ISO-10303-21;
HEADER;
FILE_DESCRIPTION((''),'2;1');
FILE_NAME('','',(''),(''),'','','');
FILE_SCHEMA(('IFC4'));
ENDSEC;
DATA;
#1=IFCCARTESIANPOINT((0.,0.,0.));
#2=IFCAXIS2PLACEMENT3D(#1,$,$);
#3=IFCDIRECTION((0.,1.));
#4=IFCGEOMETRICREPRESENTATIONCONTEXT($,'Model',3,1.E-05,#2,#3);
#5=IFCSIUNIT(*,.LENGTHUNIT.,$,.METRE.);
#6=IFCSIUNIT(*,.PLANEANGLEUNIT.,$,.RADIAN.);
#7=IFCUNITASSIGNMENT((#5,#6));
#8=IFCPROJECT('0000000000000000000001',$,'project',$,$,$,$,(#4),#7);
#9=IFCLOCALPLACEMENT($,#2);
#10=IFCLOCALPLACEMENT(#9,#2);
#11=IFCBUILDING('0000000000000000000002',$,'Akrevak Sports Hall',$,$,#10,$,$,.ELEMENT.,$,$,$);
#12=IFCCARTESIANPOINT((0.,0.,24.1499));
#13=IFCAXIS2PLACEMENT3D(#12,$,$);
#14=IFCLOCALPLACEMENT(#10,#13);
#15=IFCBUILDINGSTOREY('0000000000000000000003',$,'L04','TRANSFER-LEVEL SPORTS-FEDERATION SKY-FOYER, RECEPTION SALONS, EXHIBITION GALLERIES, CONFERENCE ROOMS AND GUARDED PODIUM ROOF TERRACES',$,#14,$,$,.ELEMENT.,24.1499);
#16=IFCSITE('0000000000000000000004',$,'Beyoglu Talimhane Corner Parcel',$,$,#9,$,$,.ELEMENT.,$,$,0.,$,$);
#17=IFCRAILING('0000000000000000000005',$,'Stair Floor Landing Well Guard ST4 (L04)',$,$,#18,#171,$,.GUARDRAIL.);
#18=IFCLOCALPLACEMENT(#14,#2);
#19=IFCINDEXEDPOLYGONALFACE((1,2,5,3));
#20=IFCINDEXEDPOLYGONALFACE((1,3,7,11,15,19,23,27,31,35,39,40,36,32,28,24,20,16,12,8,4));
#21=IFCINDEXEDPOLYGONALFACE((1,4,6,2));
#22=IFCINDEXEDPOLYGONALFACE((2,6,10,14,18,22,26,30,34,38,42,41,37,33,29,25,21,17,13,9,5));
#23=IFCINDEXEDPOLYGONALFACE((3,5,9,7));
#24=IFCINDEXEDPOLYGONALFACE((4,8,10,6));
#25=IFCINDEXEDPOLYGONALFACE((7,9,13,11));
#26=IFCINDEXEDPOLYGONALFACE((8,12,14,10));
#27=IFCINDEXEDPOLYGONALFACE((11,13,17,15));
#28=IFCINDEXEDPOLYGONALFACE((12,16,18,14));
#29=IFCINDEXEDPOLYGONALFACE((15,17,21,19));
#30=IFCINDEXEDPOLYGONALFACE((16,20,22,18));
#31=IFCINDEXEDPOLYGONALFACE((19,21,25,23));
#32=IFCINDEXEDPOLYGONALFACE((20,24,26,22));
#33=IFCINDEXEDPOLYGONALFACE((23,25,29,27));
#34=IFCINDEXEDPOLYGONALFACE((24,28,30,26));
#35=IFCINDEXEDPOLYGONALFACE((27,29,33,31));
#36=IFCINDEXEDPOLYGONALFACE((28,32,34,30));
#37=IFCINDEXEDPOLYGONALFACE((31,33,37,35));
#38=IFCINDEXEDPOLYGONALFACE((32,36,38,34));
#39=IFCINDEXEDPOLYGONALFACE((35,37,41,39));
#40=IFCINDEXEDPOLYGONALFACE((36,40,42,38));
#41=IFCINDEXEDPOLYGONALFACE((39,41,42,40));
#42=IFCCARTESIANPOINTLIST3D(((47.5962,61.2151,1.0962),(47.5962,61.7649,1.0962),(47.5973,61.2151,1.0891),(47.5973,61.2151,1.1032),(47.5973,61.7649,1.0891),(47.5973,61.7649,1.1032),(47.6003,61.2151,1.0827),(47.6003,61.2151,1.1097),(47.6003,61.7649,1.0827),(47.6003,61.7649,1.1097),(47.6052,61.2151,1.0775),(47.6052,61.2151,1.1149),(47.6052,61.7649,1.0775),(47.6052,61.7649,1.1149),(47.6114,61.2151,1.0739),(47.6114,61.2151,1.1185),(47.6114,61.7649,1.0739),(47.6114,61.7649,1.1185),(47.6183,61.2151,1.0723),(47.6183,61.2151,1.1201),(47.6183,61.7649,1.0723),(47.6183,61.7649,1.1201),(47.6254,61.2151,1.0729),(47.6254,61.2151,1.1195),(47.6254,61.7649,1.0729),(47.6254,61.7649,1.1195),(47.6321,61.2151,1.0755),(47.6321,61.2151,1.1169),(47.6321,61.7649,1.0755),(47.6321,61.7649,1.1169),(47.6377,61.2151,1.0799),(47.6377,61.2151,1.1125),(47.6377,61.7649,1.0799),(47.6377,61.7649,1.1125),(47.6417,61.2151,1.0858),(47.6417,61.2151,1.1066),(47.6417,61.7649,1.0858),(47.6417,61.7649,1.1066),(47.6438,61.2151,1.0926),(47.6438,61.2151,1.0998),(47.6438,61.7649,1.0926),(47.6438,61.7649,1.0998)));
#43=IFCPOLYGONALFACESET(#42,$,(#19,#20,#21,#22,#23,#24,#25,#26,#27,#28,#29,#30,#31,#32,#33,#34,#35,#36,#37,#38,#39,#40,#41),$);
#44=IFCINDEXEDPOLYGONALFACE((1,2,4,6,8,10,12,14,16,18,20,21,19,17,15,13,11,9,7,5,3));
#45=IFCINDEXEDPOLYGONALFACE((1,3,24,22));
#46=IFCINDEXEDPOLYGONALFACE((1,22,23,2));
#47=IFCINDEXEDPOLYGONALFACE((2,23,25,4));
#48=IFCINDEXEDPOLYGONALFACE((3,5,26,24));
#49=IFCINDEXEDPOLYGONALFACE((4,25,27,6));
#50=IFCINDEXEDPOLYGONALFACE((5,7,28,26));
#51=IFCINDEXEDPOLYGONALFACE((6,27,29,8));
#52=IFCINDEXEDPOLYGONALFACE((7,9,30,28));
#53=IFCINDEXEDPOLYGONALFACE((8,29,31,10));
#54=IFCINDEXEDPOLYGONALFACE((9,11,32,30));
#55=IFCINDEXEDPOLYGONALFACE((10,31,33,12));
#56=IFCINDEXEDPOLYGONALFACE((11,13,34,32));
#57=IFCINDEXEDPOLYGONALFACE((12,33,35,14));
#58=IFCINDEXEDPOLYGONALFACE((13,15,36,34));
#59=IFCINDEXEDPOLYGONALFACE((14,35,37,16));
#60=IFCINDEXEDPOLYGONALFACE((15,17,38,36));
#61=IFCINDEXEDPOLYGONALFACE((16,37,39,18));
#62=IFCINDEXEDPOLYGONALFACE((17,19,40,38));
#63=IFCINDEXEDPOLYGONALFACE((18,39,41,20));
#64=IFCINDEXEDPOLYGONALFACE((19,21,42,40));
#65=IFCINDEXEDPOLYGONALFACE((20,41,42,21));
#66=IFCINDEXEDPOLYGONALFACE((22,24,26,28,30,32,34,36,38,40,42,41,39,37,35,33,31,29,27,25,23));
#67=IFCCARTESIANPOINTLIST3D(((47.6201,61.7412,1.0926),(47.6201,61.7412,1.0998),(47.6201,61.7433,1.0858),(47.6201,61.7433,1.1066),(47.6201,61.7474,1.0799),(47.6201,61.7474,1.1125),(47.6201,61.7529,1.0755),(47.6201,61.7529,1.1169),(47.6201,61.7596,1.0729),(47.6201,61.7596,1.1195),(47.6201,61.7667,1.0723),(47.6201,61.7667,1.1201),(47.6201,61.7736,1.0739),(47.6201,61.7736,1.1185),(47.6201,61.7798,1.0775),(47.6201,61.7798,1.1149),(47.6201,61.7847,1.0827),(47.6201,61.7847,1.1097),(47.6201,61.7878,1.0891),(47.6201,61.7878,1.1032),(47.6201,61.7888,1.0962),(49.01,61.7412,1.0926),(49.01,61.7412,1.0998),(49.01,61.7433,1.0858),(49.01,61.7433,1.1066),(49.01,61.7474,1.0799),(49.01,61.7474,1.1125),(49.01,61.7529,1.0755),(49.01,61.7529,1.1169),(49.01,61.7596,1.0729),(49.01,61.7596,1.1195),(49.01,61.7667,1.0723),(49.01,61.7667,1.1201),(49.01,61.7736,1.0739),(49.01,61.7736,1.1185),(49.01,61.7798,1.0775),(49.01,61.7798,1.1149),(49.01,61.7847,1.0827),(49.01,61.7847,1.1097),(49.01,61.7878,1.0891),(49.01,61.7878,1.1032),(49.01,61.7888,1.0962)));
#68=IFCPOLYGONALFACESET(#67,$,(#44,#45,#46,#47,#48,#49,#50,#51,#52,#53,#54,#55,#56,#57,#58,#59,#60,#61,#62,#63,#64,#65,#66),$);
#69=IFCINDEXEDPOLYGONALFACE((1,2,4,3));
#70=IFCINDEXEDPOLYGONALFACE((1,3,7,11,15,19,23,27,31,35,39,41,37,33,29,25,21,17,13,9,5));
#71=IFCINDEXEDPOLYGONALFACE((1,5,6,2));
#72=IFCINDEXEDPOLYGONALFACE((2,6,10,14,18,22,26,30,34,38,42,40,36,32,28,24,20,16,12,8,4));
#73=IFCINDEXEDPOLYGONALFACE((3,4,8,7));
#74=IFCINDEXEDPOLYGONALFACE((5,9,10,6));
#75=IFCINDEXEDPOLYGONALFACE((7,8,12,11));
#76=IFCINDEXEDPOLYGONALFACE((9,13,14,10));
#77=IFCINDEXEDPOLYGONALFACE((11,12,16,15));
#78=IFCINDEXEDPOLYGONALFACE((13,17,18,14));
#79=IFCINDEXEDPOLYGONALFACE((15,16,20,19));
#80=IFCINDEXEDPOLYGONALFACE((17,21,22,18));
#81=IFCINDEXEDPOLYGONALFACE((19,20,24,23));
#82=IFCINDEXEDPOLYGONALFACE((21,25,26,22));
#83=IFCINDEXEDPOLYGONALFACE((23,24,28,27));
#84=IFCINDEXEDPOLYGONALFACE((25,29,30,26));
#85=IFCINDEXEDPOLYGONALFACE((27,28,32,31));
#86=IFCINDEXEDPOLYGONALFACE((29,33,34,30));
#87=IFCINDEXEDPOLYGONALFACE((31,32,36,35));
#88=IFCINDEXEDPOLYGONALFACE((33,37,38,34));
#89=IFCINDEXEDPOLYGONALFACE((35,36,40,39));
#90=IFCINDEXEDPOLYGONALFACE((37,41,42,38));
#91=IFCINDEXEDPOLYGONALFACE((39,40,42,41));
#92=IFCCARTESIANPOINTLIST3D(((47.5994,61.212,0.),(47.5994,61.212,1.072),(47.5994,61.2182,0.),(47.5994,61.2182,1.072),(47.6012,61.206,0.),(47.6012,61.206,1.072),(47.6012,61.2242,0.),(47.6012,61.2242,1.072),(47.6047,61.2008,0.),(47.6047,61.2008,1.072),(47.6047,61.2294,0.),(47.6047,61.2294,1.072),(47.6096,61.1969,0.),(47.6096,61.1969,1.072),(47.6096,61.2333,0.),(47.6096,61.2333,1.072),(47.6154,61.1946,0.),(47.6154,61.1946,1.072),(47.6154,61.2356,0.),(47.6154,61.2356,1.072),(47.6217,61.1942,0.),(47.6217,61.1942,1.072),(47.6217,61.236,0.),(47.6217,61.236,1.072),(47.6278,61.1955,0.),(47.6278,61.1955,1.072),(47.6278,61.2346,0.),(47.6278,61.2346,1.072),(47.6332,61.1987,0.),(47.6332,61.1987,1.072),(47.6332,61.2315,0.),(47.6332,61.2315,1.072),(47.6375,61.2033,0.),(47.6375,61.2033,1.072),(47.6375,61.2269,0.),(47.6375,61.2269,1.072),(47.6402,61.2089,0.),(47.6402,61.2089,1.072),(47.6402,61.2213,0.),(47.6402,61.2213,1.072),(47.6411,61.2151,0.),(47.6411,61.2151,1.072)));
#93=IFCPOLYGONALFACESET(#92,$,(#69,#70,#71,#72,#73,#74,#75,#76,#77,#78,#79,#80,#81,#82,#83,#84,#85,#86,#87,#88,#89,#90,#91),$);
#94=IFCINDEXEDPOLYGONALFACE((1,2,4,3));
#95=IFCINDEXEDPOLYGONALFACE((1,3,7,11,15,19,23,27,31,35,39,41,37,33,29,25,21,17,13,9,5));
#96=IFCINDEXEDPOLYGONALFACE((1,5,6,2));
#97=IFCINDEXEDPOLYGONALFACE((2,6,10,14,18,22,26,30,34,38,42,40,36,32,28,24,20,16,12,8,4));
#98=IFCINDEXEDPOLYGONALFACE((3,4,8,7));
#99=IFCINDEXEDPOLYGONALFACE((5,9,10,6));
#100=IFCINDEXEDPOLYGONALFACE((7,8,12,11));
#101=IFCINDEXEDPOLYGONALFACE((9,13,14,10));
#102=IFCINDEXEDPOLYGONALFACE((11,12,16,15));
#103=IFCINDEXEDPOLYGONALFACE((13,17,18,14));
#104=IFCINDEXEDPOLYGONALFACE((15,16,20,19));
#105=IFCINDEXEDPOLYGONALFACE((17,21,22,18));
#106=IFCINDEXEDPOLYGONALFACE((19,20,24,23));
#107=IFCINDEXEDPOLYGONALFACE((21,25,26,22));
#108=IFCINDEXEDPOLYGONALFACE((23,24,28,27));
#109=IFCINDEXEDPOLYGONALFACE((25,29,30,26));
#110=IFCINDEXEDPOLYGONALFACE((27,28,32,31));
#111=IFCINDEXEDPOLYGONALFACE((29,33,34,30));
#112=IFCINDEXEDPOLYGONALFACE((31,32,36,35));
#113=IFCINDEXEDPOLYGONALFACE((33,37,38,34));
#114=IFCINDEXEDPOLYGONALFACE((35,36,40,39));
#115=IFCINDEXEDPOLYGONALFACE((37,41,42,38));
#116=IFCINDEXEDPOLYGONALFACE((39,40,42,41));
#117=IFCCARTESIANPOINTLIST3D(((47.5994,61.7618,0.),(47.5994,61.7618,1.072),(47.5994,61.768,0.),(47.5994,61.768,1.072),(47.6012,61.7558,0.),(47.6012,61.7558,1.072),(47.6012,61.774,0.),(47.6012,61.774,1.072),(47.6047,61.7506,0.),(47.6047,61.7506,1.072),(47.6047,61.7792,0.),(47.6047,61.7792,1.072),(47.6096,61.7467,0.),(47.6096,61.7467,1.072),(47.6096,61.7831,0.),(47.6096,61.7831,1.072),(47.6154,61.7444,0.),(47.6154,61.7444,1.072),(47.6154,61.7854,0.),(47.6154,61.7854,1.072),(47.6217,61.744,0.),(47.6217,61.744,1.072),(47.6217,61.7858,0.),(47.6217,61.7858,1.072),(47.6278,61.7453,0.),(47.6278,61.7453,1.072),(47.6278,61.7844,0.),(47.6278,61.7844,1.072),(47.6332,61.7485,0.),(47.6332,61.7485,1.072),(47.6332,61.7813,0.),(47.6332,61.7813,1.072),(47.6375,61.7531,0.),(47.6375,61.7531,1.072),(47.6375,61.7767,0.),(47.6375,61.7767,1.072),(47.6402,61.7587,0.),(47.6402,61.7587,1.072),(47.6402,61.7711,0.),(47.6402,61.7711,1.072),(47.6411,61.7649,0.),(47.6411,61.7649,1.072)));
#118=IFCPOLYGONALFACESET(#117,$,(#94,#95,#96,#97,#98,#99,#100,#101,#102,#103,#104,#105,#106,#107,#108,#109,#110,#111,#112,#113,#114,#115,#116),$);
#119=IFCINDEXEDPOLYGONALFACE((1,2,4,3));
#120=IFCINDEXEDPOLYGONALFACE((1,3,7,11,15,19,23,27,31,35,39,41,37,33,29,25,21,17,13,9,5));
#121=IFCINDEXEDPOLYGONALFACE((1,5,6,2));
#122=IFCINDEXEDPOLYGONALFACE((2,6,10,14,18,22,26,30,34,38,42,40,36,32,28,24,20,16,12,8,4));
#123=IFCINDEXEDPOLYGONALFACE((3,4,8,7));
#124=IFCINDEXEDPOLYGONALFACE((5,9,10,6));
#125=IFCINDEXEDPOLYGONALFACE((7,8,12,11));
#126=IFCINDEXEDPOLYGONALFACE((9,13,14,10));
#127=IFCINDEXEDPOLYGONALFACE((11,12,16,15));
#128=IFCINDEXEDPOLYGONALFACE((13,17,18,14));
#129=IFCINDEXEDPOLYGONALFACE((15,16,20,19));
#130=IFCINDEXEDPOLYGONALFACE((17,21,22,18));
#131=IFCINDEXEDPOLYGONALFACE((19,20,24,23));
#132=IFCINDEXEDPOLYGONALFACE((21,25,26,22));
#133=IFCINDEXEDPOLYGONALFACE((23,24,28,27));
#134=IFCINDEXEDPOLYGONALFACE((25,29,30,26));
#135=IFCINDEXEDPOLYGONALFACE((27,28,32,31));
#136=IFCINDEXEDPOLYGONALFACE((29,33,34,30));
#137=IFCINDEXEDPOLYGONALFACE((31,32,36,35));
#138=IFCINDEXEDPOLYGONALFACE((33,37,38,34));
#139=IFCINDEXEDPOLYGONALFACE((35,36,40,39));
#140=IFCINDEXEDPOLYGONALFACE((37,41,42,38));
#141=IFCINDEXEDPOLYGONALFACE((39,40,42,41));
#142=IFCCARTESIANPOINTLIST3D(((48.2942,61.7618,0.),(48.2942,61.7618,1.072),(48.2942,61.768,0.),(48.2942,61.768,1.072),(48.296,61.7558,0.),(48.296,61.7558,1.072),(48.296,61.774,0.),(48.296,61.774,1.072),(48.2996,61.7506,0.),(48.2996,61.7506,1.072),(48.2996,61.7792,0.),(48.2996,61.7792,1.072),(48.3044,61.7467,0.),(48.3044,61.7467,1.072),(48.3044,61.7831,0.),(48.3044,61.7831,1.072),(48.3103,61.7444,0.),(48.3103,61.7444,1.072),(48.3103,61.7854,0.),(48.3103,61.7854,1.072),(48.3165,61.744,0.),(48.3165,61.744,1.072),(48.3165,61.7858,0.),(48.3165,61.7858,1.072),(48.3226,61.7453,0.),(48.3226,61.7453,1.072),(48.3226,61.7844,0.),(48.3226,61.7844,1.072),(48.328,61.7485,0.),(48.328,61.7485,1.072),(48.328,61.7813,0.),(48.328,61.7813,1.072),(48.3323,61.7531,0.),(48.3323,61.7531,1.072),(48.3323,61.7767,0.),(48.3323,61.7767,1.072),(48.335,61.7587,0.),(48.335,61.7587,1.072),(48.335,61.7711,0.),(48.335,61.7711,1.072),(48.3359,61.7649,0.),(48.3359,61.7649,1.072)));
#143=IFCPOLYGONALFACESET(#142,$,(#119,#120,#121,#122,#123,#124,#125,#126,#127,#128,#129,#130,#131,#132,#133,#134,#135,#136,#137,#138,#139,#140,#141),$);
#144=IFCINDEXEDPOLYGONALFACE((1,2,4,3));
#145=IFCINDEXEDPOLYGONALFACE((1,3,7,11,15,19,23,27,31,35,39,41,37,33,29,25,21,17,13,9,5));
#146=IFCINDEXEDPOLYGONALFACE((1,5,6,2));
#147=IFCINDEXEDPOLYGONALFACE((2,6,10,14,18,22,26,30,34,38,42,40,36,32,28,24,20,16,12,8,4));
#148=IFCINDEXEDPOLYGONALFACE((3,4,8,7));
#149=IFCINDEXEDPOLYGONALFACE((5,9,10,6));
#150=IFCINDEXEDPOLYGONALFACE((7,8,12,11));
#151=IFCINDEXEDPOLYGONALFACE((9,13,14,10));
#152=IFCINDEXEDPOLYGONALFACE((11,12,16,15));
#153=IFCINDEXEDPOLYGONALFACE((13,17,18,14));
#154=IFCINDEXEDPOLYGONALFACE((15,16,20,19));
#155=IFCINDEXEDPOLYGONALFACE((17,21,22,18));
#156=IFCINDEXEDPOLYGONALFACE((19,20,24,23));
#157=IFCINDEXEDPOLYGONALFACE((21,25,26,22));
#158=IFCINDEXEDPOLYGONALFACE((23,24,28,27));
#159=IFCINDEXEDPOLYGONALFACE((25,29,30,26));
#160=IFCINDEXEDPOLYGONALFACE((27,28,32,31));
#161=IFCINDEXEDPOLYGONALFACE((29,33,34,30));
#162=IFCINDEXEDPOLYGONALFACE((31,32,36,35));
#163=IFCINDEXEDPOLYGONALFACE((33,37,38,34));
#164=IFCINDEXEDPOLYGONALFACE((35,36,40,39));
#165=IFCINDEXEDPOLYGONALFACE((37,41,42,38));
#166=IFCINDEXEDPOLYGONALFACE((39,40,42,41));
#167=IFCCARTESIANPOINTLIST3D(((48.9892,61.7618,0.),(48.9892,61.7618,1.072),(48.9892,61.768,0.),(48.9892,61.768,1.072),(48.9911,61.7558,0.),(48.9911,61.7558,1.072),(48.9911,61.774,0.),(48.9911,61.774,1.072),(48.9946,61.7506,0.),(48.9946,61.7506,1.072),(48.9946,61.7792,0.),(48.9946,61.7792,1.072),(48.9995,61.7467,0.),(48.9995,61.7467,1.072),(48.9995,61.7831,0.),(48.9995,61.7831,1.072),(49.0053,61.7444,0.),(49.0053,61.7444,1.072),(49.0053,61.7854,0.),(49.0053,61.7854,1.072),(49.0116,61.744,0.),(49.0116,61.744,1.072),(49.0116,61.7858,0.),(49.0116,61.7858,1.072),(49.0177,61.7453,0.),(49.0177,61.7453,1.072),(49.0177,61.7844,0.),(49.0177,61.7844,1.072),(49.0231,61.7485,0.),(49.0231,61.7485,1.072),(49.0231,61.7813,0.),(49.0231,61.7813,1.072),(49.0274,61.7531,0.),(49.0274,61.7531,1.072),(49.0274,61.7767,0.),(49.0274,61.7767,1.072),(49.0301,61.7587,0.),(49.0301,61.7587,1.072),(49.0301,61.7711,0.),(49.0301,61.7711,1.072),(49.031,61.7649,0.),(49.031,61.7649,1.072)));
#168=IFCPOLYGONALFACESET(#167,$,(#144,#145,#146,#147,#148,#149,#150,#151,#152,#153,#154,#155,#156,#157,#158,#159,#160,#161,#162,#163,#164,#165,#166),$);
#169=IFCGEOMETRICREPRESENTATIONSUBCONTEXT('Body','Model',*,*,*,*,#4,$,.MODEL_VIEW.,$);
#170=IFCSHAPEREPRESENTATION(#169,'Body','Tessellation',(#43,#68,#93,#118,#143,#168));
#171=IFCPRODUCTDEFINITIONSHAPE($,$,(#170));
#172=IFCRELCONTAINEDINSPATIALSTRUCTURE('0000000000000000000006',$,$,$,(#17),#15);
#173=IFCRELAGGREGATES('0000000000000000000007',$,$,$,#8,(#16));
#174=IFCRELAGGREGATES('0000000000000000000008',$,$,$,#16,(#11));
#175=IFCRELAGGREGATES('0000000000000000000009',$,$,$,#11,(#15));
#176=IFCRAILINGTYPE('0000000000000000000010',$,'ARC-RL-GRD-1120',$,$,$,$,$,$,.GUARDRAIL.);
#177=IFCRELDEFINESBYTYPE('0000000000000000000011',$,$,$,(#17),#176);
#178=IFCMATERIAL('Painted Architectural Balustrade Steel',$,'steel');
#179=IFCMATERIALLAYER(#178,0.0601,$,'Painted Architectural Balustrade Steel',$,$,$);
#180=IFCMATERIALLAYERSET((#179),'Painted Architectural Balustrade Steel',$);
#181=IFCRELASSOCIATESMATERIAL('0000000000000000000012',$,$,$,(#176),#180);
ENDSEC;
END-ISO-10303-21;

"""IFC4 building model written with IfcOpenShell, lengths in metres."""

from ifc_helpers import new_model, si_unit, direction, frame, origin, origin_2d, place, context, subcontext, project, spatial, circle, extrude, material, layer, layer_set, type_object, element, save


model = new_model("IFC4")

# Units and contexts
model_context = context("Model", 3, precision=1e-05, world=origin(), true_north=direction((0.0, 1.0)))
body_context = subcontext(model_context, "Body", "Model", "MODEL_VIEW")
ifc_project = project(units=[si_unit("LENGTHUNIT", "METRE"), si_unit("PLANEANGLEUNIT", "RADIAN")], contexts=[model_context])

# Site, building, storey
site_placement = place(None, origin())
site = spatial("IfcSite", under=ifc_project, at=site_placement, Name="Beyoglu Talimhane Corner Parcel", CompositionType="ELEMENT", RefElevation=0.0)
building_placement = place(site_placement, origin())
building = spatial("IfcBuilding", under=site, at=building_placement, Name="Akrevak Sports Hall", CompositionType="ELEMENT")
storey_placement = place(building_placement, frame((0.0, 0.0, 24.1499)))
storey = spatial("IfcBuildingStorey", under=building, at=storey_placement, Name="L04", Description="TRANSFER-LEVEL SPORTS-FEDERATION SKY-FOYER, RECEPTION SALONS, EXHIBITION GALLERIES, CONFERENCE ROOMS AND GUARDED PODIUM ROOF TERRACES", CompositionType="ELEMENT", Elevation=24.1499)

# Railing
ifc_material_1 = material(Name="Painted Architectural Balustrade Steel", Category="steel")
ifc_layer_1 = layer(ifc_material_1, 0.0601, Name="Painted Architectural Balustrade Steel")
ifc_layer_set_1 = layer_set([ifc_layer_1], Name="Painted Architectural Balustrade Steel")
railing_type_1 = type_object("IfcRailingType", Name="ARC-RL-GRD-1120", PredefinedType="GUARDRAIL", material=ifc_layer_set_1)
railing_1_placement = place(storey_placement, frame((47.6201, 61.2151, 0.0)))
element("IfcRailing", 1, at=railing_1_placement, inside=storey, type_object=railing_type_1, Name="Stair Floor Landing Well Guard ST4 (L04)", PredefinedType="GUARDRAIL", context=body_context, shape_type="SweptSolid", body=[
    extrude(circle(Radius=0.0239, at=origin_2d()), frame((0.0, 0.0, 1.0962), z_axis=(0.0, 1.0, 0.0), x_axis=(-1.0, 0.0, 0.0)), (0.0, 0.0, 1.0), 0.5498),
    extrude(circle(Radius=0.0239, at=origin_2d()), frame((0.0, 0.5498, 1.0962), z_axis=(1.0, 0.0, 0.0), x_axis=(0.0, 1.0, 0.0)), (0.0, 0.0, 1.0), 1.3899),
    extrude(circle(Radius=0.021, at=origin_2d()), origin(), (0.0, 0.0, 1.0), 1.072),
    extrude(circle(Radius=0.021, at=origin_2d()), frame((0.0, 0.5498, 0.0)), (0.0, 0.0, 1.0), 1.072),
    extrude(circle(Radius=0.021, at=origin_2d()), frame((0.6948, 0.5498, 0.0)), (0.0, 0.0, 1.0), 1.072),
    extrude(circle(Radius=0.021, at=origin_2d()), frame((1.3899, 0.5498, 0.0)), (0.0, 0.0, 1.0), 1.072),
])

save(model, "model.ifc")
